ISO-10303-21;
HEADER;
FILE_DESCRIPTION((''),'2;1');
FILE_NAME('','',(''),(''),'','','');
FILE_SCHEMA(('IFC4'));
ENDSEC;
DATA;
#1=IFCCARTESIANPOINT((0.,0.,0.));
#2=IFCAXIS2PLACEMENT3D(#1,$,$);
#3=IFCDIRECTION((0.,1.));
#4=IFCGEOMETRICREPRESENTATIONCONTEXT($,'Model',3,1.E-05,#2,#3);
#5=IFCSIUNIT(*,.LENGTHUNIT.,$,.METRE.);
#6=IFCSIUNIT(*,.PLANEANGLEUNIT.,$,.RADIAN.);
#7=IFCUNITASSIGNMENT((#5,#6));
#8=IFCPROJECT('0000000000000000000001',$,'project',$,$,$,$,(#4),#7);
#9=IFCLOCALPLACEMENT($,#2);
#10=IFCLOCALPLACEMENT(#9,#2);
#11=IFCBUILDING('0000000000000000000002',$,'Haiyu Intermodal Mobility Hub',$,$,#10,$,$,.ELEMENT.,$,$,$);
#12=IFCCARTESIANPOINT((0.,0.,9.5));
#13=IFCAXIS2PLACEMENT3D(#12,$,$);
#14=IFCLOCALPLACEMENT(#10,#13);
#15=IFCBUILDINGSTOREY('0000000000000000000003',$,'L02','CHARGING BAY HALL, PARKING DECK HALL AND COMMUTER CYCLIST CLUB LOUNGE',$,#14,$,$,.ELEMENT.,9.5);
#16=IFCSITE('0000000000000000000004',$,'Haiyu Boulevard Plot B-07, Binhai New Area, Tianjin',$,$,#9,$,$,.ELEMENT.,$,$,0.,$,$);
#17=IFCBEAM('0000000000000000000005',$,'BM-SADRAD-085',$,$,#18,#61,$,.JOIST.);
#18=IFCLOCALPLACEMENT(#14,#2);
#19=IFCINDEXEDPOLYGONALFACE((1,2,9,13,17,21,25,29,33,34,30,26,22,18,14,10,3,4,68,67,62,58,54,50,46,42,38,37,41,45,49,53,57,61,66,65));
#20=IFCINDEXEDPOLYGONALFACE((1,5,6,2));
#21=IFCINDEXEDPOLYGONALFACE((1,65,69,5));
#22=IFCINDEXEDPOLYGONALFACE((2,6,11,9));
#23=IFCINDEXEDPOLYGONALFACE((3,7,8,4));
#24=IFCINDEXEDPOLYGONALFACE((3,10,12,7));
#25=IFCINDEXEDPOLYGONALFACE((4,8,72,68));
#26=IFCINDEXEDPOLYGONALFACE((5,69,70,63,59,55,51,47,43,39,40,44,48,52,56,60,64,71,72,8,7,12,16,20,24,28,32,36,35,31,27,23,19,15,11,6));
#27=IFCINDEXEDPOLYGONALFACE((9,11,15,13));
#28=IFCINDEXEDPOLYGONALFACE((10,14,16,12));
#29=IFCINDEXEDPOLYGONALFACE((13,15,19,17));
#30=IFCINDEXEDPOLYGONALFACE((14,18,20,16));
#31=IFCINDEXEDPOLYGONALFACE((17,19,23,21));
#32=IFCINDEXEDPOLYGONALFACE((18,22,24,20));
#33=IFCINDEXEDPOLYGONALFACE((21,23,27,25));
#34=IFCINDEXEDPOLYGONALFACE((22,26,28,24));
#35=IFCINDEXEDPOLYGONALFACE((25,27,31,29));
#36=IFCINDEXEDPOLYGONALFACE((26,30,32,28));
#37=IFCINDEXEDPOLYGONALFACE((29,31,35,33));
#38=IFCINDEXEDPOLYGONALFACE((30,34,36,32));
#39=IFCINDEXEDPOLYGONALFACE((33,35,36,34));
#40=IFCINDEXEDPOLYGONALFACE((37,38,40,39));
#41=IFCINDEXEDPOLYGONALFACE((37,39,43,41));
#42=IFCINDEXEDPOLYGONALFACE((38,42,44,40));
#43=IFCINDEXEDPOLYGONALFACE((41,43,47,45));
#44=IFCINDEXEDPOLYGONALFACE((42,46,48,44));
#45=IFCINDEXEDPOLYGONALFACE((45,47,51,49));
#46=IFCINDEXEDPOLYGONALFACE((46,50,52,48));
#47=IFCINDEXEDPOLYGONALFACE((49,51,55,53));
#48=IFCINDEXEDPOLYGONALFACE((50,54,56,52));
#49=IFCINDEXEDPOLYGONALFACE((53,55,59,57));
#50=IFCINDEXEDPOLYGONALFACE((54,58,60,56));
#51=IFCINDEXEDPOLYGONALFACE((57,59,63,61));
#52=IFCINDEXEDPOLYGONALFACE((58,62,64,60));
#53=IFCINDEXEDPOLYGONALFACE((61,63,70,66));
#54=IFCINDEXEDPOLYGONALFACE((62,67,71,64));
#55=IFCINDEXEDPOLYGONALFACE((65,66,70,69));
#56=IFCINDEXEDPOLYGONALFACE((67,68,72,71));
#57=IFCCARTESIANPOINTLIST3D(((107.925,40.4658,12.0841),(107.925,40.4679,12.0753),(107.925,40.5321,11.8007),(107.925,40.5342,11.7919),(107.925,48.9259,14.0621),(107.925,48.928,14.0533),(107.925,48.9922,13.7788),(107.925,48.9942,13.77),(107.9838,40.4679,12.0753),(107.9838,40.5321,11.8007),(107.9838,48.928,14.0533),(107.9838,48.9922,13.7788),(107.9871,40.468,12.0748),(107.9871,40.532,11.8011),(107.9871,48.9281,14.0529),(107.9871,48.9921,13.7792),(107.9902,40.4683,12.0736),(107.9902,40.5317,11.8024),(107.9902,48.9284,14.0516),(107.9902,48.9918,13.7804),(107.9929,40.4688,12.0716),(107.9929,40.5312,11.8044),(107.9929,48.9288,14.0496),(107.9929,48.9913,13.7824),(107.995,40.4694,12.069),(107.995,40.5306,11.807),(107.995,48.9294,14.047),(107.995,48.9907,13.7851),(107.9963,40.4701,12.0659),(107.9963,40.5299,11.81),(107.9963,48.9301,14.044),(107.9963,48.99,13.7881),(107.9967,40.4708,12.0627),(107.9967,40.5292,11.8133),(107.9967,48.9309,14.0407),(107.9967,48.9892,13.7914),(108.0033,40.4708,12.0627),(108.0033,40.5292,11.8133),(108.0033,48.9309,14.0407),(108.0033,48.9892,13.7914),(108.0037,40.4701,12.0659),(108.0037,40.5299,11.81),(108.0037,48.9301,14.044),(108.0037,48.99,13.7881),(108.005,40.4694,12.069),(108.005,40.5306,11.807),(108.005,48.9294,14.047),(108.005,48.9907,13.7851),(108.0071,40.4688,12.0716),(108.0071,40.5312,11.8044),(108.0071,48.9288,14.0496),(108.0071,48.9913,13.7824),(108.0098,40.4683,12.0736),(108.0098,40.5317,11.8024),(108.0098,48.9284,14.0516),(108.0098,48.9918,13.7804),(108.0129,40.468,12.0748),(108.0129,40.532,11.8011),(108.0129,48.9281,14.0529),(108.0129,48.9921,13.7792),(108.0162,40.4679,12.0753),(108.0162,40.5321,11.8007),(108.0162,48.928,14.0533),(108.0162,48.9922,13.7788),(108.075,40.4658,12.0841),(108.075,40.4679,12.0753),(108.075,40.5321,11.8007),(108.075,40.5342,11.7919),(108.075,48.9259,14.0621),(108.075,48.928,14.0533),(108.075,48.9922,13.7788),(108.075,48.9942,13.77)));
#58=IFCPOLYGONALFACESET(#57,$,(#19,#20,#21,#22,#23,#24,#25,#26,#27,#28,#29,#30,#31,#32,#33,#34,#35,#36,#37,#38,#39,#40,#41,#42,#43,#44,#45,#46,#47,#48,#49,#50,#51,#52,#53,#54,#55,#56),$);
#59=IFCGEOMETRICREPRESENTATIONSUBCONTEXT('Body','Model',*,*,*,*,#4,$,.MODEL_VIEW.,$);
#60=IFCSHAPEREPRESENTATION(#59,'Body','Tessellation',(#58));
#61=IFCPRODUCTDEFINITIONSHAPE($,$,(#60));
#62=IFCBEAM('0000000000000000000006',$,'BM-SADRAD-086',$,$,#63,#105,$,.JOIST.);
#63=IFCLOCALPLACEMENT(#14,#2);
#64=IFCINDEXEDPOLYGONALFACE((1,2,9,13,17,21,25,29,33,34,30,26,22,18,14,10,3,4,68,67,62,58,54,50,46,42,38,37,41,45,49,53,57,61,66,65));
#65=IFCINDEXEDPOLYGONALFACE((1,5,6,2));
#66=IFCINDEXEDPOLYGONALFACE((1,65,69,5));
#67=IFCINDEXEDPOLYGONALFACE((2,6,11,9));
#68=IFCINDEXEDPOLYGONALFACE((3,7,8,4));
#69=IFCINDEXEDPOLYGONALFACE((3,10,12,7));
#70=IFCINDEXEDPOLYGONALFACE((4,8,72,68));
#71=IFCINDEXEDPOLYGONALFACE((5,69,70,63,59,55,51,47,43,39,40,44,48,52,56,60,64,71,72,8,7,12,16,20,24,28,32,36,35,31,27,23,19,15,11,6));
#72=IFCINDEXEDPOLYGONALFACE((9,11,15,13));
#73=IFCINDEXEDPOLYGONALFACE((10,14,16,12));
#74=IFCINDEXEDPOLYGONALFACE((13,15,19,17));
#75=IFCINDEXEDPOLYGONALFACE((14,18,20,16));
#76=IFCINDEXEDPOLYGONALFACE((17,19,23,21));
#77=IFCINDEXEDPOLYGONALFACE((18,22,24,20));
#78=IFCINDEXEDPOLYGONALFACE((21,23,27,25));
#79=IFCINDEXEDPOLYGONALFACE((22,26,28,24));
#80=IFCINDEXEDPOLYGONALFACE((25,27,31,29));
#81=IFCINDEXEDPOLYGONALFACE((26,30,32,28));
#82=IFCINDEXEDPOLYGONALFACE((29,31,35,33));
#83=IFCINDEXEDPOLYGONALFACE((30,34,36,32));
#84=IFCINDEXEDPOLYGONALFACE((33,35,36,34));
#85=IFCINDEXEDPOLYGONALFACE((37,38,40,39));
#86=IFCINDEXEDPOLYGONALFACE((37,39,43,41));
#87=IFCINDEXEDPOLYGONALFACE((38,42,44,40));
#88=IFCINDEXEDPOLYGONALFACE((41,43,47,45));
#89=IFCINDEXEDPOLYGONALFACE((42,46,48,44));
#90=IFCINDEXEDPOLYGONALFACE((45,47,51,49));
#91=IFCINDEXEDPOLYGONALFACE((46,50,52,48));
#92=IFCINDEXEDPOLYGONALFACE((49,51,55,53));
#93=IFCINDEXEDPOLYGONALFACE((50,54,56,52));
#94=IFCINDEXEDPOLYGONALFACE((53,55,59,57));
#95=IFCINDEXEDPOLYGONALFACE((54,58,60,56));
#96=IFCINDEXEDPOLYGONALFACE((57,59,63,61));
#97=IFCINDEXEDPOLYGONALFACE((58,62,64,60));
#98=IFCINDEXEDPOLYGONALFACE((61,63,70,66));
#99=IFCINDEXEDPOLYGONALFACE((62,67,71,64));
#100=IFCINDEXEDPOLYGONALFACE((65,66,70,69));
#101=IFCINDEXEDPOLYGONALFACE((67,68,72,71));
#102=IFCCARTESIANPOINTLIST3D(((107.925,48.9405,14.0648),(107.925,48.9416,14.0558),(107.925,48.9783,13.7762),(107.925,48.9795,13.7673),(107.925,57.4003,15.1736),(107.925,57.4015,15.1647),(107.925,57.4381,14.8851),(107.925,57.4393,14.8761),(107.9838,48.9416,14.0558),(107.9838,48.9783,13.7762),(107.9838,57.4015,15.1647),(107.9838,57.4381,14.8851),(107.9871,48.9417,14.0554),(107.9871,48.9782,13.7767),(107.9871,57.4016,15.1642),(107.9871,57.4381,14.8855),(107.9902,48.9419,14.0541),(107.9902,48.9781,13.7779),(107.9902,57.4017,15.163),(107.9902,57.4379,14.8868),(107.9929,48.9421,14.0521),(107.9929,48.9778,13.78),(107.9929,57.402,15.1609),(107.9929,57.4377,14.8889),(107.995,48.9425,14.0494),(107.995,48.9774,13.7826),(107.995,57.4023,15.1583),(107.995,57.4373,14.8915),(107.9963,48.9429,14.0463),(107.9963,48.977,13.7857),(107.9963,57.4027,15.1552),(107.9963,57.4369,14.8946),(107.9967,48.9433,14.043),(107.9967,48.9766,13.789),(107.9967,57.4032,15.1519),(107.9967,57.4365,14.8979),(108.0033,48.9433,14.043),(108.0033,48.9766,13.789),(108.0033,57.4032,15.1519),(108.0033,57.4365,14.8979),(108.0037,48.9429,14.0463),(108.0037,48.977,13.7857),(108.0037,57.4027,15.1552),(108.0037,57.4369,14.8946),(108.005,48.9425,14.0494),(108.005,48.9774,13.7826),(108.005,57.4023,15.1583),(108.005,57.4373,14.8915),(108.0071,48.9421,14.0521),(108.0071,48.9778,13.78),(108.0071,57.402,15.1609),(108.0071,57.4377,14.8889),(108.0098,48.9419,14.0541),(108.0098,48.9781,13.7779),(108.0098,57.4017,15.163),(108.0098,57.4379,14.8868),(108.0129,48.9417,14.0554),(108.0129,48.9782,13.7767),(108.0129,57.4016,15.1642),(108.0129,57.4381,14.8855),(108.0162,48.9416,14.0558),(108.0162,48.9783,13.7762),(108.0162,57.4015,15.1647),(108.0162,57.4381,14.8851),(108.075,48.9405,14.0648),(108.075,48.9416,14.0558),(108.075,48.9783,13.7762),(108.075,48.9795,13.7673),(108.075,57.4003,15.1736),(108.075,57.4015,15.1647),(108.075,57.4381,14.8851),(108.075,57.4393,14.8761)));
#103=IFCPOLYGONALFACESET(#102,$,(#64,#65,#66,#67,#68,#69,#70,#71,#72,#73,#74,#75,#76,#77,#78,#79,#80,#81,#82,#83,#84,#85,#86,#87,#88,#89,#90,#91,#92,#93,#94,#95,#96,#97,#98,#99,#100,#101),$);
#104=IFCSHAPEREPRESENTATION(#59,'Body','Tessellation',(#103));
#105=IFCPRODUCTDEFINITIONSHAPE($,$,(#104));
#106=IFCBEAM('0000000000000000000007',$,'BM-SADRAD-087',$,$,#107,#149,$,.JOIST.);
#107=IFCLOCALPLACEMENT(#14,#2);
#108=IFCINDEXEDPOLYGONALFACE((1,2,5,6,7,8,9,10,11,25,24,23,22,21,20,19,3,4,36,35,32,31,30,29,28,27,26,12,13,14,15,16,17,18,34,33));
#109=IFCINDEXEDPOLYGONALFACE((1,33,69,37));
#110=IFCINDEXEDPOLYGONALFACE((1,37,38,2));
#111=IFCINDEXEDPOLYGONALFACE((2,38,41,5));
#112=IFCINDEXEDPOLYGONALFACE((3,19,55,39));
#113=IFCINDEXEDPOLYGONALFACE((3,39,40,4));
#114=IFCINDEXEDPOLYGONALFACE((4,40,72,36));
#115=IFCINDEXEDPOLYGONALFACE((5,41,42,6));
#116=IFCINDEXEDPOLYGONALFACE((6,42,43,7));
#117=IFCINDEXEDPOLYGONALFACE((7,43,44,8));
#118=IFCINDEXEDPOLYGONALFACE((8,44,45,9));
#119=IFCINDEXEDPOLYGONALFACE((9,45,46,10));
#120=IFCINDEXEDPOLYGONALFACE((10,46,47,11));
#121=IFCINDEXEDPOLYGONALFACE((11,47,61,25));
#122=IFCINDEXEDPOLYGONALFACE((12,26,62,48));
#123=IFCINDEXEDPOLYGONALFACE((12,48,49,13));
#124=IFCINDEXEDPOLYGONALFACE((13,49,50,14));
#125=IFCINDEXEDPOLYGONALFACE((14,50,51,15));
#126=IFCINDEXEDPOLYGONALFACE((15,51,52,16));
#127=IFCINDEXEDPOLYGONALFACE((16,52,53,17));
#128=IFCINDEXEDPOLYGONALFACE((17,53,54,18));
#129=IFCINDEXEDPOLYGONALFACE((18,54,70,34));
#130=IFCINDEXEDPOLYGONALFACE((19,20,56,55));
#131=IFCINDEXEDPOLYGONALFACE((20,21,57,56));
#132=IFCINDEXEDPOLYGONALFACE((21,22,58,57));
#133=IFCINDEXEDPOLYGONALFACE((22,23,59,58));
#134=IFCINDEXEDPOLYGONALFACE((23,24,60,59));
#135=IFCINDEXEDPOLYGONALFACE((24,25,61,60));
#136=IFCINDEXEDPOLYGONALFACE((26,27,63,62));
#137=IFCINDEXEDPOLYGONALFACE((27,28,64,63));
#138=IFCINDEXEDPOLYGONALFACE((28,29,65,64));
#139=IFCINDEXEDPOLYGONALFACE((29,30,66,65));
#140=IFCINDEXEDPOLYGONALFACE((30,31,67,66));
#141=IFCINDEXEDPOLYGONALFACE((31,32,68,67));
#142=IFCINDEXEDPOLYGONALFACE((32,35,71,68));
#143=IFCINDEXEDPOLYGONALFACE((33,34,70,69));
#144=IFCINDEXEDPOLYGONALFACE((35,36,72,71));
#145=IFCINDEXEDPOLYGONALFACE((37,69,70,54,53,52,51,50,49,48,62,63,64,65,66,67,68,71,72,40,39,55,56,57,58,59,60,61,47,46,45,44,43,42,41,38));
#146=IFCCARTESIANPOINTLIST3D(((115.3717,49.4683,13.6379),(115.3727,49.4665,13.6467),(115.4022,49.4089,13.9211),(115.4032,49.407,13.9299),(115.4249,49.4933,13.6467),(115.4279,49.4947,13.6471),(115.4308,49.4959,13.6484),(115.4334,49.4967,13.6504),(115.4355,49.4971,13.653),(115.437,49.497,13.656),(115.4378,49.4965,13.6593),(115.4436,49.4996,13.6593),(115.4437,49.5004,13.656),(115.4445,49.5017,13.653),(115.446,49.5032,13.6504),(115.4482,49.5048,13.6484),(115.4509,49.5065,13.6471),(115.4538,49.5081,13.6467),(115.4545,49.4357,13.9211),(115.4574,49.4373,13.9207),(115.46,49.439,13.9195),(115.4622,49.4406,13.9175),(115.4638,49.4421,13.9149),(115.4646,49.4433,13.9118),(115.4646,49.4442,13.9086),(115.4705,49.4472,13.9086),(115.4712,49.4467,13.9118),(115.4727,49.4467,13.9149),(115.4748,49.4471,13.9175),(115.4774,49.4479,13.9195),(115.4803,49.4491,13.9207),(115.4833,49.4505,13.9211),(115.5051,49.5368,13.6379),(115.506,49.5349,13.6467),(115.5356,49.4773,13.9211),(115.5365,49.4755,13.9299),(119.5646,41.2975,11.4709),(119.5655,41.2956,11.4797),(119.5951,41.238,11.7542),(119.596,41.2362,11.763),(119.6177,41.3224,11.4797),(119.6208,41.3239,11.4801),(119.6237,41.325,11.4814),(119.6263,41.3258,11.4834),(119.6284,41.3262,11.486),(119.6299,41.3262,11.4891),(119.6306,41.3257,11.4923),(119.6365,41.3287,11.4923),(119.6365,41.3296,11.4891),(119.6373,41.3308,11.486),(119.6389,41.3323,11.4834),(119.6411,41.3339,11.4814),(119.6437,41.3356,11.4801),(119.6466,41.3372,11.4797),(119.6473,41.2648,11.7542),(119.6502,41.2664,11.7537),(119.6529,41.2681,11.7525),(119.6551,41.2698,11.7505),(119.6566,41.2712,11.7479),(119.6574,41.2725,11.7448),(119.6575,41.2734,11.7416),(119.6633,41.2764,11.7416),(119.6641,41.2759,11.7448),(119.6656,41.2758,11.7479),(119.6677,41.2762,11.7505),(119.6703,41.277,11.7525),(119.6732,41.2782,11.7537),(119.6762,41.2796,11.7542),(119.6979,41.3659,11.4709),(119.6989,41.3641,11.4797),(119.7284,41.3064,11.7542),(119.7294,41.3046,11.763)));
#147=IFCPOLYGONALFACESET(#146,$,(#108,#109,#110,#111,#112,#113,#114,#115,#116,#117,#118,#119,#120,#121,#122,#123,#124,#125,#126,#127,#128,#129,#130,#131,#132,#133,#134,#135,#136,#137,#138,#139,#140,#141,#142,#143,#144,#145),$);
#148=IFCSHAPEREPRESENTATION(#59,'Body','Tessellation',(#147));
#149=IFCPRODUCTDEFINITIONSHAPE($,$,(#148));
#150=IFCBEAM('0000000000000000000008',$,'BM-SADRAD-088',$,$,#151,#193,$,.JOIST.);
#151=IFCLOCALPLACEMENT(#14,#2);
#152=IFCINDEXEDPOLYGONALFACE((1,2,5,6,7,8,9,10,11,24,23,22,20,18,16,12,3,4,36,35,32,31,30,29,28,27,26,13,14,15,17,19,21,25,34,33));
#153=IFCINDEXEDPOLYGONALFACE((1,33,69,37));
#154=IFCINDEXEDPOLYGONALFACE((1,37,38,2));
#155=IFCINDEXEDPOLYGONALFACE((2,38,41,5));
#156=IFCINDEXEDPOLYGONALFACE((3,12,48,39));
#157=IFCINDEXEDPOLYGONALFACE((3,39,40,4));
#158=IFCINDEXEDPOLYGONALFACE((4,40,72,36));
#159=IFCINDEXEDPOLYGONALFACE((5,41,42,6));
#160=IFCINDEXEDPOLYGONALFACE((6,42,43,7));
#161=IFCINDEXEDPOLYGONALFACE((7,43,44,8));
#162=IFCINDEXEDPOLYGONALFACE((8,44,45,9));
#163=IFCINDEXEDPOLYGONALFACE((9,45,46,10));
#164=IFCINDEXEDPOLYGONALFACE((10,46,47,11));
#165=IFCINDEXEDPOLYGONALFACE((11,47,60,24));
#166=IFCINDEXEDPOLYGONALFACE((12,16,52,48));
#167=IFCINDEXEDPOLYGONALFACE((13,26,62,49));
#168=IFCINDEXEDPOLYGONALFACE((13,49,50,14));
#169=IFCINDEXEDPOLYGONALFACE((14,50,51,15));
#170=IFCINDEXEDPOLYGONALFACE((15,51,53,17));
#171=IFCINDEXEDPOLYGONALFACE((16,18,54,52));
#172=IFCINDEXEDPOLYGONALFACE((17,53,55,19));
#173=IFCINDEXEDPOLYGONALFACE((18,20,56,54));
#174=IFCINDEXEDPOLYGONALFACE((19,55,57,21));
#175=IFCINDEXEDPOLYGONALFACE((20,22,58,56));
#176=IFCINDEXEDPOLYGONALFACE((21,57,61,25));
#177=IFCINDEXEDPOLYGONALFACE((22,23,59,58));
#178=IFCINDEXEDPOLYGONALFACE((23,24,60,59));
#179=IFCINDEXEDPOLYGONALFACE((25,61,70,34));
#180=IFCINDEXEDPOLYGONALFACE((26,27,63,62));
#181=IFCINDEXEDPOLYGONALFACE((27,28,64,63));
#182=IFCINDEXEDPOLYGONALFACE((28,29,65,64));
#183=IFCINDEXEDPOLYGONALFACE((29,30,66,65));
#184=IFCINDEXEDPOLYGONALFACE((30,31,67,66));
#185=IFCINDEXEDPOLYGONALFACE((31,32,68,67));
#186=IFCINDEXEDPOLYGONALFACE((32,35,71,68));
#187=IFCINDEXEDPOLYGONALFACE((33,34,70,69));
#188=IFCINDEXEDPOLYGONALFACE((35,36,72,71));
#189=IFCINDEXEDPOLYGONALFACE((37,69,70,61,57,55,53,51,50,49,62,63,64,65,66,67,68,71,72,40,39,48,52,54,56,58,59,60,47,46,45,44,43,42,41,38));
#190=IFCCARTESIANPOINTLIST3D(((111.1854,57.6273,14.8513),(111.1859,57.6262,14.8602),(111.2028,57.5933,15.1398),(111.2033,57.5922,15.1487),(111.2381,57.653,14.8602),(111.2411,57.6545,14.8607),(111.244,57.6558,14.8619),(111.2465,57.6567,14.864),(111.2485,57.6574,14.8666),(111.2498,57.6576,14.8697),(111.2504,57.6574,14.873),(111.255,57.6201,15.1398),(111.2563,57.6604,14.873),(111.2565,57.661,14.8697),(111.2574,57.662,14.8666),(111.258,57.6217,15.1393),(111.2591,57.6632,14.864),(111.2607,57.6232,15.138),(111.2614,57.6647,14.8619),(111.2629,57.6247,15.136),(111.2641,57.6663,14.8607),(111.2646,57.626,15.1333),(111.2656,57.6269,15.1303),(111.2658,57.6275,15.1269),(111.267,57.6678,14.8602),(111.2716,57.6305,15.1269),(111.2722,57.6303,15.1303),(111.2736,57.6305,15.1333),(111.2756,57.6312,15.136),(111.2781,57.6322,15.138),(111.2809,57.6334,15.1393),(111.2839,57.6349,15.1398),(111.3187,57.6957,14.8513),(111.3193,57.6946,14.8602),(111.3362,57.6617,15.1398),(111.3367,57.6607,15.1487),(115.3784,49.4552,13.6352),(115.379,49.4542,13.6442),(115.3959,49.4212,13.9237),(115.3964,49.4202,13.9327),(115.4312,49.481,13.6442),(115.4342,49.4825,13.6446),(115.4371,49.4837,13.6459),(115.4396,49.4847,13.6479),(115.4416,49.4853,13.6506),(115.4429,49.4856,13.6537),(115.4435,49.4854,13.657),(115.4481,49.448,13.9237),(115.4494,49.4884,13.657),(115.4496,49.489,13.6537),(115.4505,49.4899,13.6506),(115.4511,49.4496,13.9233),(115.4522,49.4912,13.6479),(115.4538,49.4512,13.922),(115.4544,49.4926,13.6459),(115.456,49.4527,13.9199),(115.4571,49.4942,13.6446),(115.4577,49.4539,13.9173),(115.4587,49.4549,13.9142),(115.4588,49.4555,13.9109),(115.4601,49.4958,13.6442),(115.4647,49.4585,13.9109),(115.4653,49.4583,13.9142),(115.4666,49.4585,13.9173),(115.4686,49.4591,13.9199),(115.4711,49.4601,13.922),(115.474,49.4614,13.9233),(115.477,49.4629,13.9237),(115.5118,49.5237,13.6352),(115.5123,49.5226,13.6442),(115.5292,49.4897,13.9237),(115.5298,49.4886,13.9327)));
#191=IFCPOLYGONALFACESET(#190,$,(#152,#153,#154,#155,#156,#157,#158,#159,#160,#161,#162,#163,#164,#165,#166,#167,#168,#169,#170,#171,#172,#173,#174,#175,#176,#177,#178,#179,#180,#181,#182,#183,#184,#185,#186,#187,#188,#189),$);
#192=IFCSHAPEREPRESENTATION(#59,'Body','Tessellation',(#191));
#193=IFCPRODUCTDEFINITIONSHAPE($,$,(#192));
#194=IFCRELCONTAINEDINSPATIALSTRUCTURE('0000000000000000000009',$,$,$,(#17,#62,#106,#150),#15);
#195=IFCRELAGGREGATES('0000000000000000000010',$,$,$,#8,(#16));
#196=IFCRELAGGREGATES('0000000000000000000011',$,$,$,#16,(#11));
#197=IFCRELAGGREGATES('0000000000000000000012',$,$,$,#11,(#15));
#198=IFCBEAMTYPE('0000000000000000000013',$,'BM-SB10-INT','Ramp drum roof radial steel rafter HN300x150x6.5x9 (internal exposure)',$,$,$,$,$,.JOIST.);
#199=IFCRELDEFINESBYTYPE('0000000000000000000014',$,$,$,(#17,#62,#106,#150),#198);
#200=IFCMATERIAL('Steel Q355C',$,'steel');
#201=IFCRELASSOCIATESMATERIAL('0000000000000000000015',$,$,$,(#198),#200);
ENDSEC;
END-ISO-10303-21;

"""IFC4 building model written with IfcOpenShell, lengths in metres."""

from ifc_helpers import new_model, si_unit, direction, frame, origin, origin_2d, place, context, subcontext, project, spatial, i_section, extrude, material, material_profile, profile_set, type_object, element, save


model = new_model("IFC4")

# Units and contexts
model_context = context("Model", 3, precision=1e-05, world=origin(), true_north=direction((0.0, 1.0)))
body_context = subcontext(model_context, "Body", "Model", "MODEL_VIEW")
ifc_project = project(units=[si_unit("LENGTHUNIT", "METRE"), si_unit("PLANEANGLEUNIT", "RADIAN")], contexts=[model_context])

# Site, building, storey
site_placement = place(None, origin())
site = spatial("IfcSite", under=ifc_project, at=site_placement, Name="Haiyu Boulevard Plot B-07, Binhai New Area, Tianjin", CompositionType="ELEMENT", RefElevation=0.0)
building_placement = place(site_placement, origin())
building = spatial("IfcBuilding", under=site, at=building_placement, Name="Haiyu Intermodal Mobility Hub", CompositionType="ELEMENT")
storey_placement = place(building_placement, frame((0.0, 0.0, 9.5)))
storey = spatial("IfcBuildingStorey", under=building, at=storey_placement, Name="L02", Description="CHARGING BAY HALL, PARKING DECK HALL AND COMMUTER CYCLIST CLUB LOUNGE", CompositionType="ELEMENT", Elevation=9.5)

# Shared definitions
ifc_material_1 = material(Name="Steel Q355C", Category="steel")

# Beams
ifc_material_profile_1 = material_profile(ifc_material_1, i_section(OverallWidth=0.1499, OverallDepth=0.3, WebThickness=0.0066, FlangeThickness=0.009, FilletRadius=0.0129, at=origin_2d()), Name="HN300x150x6.5x9")
ifc_profile_set_1 = profile_set([ifc_material_profile_1], Name="Steel Q355C")
beam_type_1 = type_object("IfcBeamType", Name="BM-SB10-INT", Description="Ramp drum roof radial steel rafter HN300x150x6.5x9 (internal exposure)", PredefinedType="JOIST", material=ifc_profile_set_1)
beam_1_placement = place(storey_placement, frame((108.0, 40.5, 11.938), z_axis=(0.0, 0.973738, 0.22767), x_axis=(-1.0, 0.0, 0.0)))
element("IfcBeam", 1, at=beam_1_placement, inside=storey, type_object=beam_type_1, Name="BM-SADRAD-085", PredefinedType="JOIST", context=body_context, shape_type="SweptSolid", body=[
    extrude(i_section(OverallWidth=0.1499, OverallDepth=0.3, WebThickness=0.0066, FlangeThickness=0.009, FilletRadius=0.0129, at=origin_2d()), origin(), (0.0, 0.0, 1.0), 8.6882),
])
beam_2_placement = place(storey_placement, frame((108.0, 48.96, 13.916), z_axis=(0.0, 0.991519, 0.129963), x_axis=(-1.0, 0.0, 0.0)))
element("IfcBeam", 2, at=beam_2_placement, inside=storey, type_object=beam_type_1, Name="BM-SADRAD-086", PredefinedType="JOIST", context=body_context, shape_type="SweptSolid", body=[
    extrude(i_section(OverallWidth=0.1499, OverallDepth=0.3, WebThickness=0.0066, FlangeThickness=0.009, FilletRadius=0.0129, at=origin_2d()), origin(), (0.0, 0.0, 1.0), 8.5322),
])
beam_3_placement = place(storey_placement, frame((119.647, 41.301, 11.6169), z_axis=(-0.444345, 0.865921, 0.22965), x_axis=(-0.8897, -0.456547, 0.0)))
element("IfcBeam", 3, at=beam_3_placement, inside=storey, type_object=beam_type_1, Name="BM-SADRAD-087", PredefinedType="JOIST", context=body_context, shape_type="SweptSolid", body=[
    extrude(i_section(OverallWidth=0.1499, OverallDepth=0.3, WebThickness=0.0066, FlangeThickness=0.009, FilletRadius=0.0129, at=origin_2d()), origin(), (0.0, 0.0, 1.0), 9.436),
])
beam_4_placement = place(storey_placement, frame((115.4541, 49.4719, 13.7839), z_axis=(-0.452564, 0.88202, 0.13125), x_axis=(-0.889716, -0.456514, 0.0)))
element("IfcBeam", 4, at=beam_4_placement, inside=storey, type_object=beam_type_1, Name="BM-SADRAD-088", PredefinedType="JOIST", context=body_context, shape_type="SweptSolid", body=[
    extrude(i_section(OverallWidth=0.1499, OverallDepth=0.3, WebThickness=0.0066, FlangeThickness=0.009, FilletRadius=0.0129, at=origin_2d()), origin(), (0.0, 0.0, 1.0), 9.2651),
])

save(model, "model.ifc")
